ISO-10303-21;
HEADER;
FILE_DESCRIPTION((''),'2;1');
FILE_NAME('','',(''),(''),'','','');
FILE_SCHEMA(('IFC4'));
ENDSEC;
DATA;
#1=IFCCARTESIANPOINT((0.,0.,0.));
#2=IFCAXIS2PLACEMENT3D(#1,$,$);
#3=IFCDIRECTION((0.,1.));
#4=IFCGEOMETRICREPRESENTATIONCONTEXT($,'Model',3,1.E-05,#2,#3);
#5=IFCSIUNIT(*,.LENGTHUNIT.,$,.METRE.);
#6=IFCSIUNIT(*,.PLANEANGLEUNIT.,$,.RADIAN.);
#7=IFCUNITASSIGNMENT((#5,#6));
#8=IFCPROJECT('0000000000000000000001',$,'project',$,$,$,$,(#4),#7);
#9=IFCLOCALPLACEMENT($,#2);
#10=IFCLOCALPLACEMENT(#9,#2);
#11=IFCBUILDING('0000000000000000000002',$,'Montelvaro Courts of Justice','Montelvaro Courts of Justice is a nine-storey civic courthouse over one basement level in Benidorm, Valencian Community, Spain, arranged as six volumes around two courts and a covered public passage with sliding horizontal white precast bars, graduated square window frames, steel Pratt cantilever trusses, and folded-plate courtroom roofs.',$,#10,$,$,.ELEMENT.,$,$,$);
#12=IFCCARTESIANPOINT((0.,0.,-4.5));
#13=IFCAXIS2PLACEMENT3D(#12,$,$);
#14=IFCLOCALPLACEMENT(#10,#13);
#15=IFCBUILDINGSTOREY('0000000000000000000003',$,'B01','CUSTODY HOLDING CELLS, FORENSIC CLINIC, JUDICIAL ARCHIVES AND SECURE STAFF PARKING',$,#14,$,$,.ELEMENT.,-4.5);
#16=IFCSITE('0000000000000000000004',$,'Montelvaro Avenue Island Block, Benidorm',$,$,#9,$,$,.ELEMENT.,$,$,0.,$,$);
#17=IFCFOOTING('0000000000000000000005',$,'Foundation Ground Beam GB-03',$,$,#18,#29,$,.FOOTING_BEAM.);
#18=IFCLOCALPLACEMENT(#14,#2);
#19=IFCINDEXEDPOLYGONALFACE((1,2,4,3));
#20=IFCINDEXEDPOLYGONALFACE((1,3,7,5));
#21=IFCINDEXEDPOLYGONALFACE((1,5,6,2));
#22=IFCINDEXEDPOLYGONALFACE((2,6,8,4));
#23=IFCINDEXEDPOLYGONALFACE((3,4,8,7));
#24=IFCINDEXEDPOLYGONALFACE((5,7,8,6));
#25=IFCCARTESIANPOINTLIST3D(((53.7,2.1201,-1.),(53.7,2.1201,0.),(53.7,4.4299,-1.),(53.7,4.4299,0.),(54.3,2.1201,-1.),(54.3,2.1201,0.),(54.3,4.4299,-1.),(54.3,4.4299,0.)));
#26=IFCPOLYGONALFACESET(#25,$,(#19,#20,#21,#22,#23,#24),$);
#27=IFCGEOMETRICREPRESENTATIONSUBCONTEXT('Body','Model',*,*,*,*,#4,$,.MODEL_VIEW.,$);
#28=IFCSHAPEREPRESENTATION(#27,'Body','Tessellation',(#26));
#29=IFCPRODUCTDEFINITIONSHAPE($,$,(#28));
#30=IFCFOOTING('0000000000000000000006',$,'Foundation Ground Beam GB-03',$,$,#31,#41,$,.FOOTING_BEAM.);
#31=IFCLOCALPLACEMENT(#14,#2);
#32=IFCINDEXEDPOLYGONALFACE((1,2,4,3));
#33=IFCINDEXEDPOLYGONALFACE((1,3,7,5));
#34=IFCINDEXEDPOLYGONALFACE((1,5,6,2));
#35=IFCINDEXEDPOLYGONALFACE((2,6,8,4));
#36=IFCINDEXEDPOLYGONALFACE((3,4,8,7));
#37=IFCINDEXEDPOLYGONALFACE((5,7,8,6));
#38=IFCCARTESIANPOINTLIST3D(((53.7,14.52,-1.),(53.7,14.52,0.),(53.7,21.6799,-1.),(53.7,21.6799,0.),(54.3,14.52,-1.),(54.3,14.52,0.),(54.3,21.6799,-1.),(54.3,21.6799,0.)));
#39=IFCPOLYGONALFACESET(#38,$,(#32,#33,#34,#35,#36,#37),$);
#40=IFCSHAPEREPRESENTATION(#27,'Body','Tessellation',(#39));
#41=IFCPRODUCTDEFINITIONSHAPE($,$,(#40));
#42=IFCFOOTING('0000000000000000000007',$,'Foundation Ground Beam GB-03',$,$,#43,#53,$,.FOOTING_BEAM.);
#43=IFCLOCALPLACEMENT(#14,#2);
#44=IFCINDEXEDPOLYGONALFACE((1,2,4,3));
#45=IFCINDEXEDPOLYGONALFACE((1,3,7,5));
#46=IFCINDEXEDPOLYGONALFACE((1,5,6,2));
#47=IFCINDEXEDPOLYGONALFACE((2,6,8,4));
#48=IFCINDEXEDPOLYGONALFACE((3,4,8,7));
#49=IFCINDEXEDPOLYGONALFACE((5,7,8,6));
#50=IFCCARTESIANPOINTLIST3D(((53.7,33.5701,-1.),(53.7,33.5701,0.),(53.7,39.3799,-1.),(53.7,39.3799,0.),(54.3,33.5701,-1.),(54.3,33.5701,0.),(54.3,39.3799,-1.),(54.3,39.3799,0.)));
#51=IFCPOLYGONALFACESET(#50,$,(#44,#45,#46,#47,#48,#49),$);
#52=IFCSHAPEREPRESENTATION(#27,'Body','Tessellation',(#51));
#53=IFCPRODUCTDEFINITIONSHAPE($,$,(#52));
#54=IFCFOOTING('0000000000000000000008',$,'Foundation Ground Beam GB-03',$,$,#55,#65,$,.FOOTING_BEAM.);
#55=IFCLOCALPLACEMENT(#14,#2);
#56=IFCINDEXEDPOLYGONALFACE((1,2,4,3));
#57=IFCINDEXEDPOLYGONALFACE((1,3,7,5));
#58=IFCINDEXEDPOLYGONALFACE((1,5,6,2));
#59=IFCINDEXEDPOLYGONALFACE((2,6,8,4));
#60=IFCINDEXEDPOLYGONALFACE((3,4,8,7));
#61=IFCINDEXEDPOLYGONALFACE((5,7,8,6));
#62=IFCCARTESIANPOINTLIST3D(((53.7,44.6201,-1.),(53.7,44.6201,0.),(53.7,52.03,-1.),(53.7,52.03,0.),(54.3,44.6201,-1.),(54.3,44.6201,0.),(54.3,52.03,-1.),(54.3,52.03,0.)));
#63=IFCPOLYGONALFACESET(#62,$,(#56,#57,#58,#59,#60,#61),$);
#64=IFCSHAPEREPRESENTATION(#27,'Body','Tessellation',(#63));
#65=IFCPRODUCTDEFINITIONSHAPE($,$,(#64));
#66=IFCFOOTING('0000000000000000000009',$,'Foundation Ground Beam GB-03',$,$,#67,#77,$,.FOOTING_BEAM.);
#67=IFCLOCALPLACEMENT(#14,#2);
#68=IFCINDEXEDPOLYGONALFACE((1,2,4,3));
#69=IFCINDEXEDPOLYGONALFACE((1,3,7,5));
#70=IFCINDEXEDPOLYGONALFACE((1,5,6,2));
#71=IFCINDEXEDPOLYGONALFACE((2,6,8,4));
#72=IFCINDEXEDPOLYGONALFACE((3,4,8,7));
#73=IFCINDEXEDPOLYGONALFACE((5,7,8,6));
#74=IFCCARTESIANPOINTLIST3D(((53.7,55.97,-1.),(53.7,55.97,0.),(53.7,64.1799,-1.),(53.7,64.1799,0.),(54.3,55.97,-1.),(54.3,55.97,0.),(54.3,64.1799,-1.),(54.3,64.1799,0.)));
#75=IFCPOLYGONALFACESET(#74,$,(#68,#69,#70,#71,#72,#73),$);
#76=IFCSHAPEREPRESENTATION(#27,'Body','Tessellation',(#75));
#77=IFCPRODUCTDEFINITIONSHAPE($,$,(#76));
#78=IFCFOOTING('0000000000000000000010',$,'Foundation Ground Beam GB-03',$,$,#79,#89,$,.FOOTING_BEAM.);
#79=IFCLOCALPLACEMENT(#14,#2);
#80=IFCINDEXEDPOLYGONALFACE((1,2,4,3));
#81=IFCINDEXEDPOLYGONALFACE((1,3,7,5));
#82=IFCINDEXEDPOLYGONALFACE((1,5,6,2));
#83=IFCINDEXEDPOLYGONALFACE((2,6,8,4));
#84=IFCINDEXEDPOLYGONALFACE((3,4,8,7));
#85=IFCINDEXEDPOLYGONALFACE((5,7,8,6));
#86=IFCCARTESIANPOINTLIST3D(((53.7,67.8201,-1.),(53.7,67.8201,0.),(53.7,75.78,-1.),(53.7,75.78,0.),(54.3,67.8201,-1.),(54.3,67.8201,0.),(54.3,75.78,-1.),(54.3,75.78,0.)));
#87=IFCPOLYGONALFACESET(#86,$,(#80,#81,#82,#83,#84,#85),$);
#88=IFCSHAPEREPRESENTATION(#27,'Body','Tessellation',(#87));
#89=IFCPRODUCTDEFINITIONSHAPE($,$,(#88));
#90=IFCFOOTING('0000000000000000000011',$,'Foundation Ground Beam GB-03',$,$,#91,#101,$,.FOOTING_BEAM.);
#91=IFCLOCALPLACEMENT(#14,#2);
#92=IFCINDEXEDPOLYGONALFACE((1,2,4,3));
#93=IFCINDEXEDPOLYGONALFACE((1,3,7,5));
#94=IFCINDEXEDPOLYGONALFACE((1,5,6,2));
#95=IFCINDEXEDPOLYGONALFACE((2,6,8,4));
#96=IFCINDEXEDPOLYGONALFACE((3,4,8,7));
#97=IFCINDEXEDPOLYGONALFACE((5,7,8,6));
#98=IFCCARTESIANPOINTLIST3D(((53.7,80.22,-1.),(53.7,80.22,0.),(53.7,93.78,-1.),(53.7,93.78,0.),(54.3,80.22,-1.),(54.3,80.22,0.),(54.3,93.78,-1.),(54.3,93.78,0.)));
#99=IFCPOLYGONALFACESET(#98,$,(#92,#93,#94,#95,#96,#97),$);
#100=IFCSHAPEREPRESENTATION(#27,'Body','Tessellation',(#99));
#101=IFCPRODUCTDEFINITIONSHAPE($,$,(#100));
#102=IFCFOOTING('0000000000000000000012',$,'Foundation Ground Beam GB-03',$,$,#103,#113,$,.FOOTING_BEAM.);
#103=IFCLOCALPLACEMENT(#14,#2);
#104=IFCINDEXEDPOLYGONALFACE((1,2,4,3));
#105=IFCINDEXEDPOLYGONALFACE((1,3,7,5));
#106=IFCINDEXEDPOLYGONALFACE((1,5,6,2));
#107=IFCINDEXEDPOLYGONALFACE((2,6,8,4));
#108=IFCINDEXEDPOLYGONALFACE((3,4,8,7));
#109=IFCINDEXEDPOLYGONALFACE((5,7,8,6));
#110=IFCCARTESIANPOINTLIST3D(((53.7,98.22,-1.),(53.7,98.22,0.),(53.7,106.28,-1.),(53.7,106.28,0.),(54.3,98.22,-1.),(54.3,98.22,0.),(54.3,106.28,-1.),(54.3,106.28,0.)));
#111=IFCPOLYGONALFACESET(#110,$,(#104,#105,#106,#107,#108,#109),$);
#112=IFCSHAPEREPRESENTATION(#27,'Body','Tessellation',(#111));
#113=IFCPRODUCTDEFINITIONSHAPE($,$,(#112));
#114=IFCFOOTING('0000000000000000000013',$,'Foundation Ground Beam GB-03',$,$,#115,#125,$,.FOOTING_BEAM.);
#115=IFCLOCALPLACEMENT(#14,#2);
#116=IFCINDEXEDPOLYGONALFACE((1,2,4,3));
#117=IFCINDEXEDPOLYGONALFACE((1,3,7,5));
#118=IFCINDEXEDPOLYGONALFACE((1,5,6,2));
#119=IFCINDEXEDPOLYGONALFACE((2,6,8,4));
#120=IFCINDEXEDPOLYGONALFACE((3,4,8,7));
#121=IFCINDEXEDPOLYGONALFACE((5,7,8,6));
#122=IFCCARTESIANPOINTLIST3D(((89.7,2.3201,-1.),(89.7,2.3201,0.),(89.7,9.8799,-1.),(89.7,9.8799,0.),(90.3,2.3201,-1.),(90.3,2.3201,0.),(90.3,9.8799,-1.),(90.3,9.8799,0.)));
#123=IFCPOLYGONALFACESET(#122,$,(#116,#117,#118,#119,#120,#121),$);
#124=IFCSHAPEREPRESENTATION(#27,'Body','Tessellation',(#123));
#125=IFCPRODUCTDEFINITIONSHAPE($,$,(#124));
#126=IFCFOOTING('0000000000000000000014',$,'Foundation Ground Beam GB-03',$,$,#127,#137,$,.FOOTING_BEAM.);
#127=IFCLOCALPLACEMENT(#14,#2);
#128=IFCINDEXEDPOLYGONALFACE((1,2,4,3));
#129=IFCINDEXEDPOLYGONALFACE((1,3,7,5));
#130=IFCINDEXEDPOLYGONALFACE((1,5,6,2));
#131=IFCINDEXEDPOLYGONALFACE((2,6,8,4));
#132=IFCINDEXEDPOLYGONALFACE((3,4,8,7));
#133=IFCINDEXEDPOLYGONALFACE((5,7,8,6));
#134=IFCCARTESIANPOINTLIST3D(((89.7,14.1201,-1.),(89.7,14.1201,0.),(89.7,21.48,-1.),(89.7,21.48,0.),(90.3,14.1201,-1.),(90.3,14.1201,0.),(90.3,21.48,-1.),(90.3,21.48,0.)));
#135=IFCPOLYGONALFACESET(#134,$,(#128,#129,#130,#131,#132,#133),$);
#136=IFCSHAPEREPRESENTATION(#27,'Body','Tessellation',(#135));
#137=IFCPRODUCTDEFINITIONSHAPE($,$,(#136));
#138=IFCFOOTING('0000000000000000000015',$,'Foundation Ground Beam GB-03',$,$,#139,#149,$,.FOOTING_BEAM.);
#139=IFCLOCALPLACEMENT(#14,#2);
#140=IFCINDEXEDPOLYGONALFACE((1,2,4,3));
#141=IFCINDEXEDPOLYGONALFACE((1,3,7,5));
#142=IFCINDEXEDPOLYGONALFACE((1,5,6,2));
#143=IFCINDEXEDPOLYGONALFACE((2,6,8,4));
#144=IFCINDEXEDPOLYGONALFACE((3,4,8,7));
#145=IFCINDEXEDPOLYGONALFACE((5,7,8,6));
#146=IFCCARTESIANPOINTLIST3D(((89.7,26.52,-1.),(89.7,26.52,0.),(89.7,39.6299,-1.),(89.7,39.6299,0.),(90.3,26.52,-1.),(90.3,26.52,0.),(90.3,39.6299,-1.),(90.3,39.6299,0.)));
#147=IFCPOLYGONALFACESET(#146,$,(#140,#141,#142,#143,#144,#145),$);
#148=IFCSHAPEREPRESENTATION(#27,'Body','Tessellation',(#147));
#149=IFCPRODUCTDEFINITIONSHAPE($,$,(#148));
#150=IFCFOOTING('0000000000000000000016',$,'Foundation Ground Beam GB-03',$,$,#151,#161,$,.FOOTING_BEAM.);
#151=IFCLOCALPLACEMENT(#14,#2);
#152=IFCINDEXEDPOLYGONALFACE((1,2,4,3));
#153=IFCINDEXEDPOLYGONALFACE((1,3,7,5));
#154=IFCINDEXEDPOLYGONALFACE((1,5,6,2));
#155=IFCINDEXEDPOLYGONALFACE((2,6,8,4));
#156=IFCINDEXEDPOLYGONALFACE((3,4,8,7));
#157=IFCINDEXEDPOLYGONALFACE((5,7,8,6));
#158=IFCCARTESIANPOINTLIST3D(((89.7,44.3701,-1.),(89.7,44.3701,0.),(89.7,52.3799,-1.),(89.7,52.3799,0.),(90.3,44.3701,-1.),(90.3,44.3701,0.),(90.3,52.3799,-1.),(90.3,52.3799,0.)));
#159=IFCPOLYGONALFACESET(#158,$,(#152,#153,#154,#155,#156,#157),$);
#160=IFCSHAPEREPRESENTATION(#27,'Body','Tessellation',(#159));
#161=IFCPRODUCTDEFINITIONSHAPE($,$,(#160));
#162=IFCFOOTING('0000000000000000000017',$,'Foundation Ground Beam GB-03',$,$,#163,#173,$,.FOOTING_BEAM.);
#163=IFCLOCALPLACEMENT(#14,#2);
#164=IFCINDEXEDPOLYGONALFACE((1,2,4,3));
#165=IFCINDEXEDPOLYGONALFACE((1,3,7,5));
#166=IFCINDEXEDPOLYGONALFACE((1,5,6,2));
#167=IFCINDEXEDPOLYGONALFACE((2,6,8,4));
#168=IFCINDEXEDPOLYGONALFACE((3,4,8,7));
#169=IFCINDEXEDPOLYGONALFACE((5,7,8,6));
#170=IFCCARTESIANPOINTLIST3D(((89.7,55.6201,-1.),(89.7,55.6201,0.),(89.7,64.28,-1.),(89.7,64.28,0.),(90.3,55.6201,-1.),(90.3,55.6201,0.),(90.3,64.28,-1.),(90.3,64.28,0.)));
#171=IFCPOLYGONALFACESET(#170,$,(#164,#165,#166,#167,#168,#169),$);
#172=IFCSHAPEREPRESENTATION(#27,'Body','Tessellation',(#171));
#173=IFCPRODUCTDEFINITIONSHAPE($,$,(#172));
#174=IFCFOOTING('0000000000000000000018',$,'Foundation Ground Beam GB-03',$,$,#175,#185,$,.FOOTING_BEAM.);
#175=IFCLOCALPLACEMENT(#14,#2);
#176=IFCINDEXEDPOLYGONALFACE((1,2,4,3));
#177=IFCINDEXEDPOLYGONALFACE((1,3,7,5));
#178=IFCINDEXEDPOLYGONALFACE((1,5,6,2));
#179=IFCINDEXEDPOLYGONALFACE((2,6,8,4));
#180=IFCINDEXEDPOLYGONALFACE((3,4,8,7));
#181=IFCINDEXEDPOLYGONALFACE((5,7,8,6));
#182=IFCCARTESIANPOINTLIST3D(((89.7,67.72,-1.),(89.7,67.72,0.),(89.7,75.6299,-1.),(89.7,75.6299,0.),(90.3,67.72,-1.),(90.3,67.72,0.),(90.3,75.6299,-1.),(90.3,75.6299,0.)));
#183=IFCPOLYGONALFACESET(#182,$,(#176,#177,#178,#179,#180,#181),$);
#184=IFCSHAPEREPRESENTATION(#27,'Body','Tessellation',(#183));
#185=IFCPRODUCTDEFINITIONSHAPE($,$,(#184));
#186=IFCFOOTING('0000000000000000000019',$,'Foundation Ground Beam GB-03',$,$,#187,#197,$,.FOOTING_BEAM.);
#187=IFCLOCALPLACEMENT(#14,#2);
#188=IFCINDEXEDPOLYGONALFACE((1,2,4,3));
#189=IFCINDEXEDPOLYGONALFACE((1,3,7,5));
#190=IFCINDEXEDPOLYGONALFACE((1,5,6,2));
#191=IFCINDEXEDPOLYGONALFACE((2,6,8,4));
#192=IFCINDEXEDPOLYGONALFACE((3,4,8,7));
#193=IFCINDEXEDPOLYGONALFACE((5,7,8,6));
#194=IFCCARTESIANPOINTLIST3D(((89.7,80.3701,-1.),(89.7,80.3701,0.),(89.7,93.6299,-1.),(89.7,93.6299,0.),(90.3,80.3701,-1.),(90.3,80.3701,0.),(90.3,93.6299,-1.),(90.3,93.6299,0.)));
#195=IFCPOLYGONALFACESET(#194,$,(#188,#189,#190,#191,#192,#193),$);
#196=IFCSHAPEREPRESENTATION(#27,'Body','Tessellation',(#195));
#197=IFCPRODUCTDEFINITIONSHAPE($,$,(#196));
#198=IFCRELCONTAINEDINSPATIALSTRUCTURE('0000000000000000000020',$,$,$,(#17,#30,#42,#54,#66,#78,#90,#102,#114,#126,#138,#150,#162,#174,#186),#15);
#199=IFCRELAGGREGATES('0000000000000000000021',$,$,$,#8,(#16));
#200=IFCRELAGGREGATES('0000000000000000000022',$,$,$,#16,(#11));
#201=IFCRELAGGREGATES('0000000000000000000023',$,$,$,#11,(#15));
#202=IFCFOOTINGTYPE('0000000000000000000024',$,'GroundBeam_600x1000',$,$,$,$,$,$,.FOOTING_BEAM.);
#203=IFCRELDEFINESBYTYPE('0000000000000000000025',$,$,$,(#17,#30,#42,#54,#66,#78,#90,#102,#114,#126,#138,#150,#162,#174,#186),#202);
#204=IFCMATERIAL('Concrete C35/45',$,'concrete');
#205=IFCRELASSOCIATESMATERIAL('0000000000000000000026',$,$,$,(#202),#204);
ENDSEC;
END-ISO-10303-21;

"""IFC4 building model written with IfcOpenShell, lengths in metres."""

from ifc_helpers import new_model, si_unit, direction, frame, origin, place, context, subcontext, project, spatial, polyline, outline, extrude, material, type_object, element, save


model = new_model("IFC4")

# Units and contexts
model_context = context("Model", 3, precision=1e-05, world=origin(), true_north=direction((0.0, 1.0)))
body_context = subcontext(model_context, "Body", "Model", "MODEL_VIEW")
ifc_project = project(units=[si_unit("LENGTHUNIT", "METRE"), si_unit("PLANEANGLEUNIT", "RADIAN")], contexts=[model_context])

# Site, building, storey
site_placement = place(None, origin())
site = spatial("IfcSite", under=ifc_project, at=site_placement, Name="Montelvaro Avenue Island Block, Benidorm", CompositionType="ELEMENT", RefElevation=0.0)
building_placement = place(site_placement, origin())
building = spatial("IfcBuilding", under=site, at=building_placement, Name="Montelvaro Courts of Justice", Description="Montelvaro Courts of Justice is a nine-storey civic courthouse over one basement level in Benidorm, Valencian Community, Spain, arranged as six volumes around two courts and a covered public passage with sliding horizontal white precast bars, graduated square window frames, steel Pratt cantilever trusses, and folded-plate courtroom roofs.", CompositionType="ELEMENT")
storey_placement = place(building_placement, frame((0.0, 0.0, -4.5)))
storey = spatial("IfcBuildingStorey", under=building, at=storey_placement, Name="B01", Description="CUSTODY HOLDING CELLS, FORENSIC CLINIC, JUDICIAL ARCHIVES AND SECURE STAFF PARKING", CompositionType="ELEMENT", Elevation=-4.5)

# Footings
ifc_material = material(Name="Concrete C35/45", Category="concrete")
footing_type_1 = type_object("IfcFootingType", Name="GroundBeam_600x1000", PredefinedType="FOOTING_BEAM", material=ifc_material)
footing_1_placement = place(storey_placement, frame((0.0, 0.0, -1.0)))
element("IfcFooting", 1, at=footing_1_placement, inside=storey, type_object=footing_type_1, Name="Foundation Ground Beam GB-03", PredefinedType="FOOTING_BEAM", context=body_context, shape_type="SweptSolid", body=[
    extrude(outline(polyline([(53.7, 2.1201), (54.3, 2.1201), (54.3, 4.4299), (53.7, 4.4299), (53.7, 2.1201)])), origin(), (0.0, 0.0, 1.0), 1.0),
])
footing_2_placement = place(storey_placement, frame((0.0, 0.0, -1.0)))
element("IfcFooting", 2, at=footing_2_placement, inside=storey, type_object=footing_type_1, Name="Foundation Ground Beam GB-03", PredefinedType="FOOTING_BEAM", context=body_context, shape_type="SweptSolid", body=[
    extrude(outline(polyline([(53.7, 14.52), (54.3, 14.52), (54.3, 21.6799), (53.7, 21.6799), (53.7, 14.52)])), origin(), (0.0, 0.0, 1.0), 1.0),
])
footing_3_placement = place(storey_placement, frame((0.0, 0.0, -1.0)))
element("IfcFooting", 3, at=footing_3_placement, inside=storey, type_object=footing_type_1, Name="Foundation Ground Beam GB-03", PredefinedType="FOOTING_BEAM", context=body_context, shape_type="SweptSolid", body=[
    extrude(outline(polyline([(53.7, 33.5701), (54.3, 33.5701), (54.3, 39.3799), (53.7, 39.3799), (53.7, 33.5701)])), origin(), (0.0, 0.0, 1.0), 1.0),
])
footing_4_placement = place(storey_placement, frame((0.0, 0.0, -1.0)))
element("IfcFooting", 4, at=footing_4_placement, inside=storey, type_object=footing_type_1, Name="Foundation Ground Beam GB-03", PredefinedType="FOOTING_BEAM", context=body_context, shape_type="SweptSolid", body=[
    extrude(outline(polyline([(53.7, 44.6201), (54.3, 44.6201), (54.3, 52.03), (53.7, 52.03), (53.7, 44.6201)])), origin(), (0.0, 0.0, 1.0), 1.0),
])
footing_5_placement = place(storey_placement, frame((0.0, 0.0, -1.0)))
element("IfcFooting", 5, at=footing_5_placement, inside=storey, type_object=footing_type_1, Name="Foundation Ground Beam GB-03", PredefinedType="FOOTING_BEAM", context=body_context, shape_type="SweptSolid", body=[
    extrude(outline(polyline([(53.7, 55.97), (54.3, 55.97), (54.3, 64.1799), (53.7, 64.1799), (53.7, 55.97)])), origin(), (0.0, 0.0, 1.0), 1.0),
])
footing_6_placement = place(storey_placement, frame((0.0, 0.0, -1.0)))
element("IfcFooting", 6, at=footing_6_placement, inside=storey, type_object=footing_type_1, Name="Foundation Ground Beam GB-03", PredefinedType="FOOTING_BEAM", context=body_context, shape_type="SweptSolid", body=[
    extrude(outline(polyline([(53.7, 67.8201), (54.3, 67.8201), (54.3, 75.78), (53.7, 75.78), (53.7, 67.8201)])), origin(), (0.0, 0.0, 1.0), 1.0),
])
footing_7_placement = place(storey_placement, frame((0.0, 0.0, -1.0)))
element("IfcFooting", 7, at=footing_7_placement, inside=storey, type_object=footing_type_1, Name="Foundation Ground Beam GB-03", PredefinedType="FOOTING_BEAM", context=body_context, shape_type="SweptSolid", body=[
    extrude(outline(polyline([(53.7, 80.22), (54.3, 80.22), (54.3, 93.78), (53.7, 93.78), (53.7, 80.22)])), origin(), (0.0, 0.0, 1.0), 1.0),
])
footing_8_placement = place(storey_placement, frame((0.0, 0.0, -1.0)))
element("IfcFooting", 8, at=footing_8_placement, inside=storey, type_object=footing_type_1, Name="Foundation Ground Beam GB-03", PredefinedType="FOOTING_BEAM", context=body_context, shape_type="SweptSolid", body=[
    extrude(outline(polyline([(53.7, 98.22), (54.3, 98.22), (54.3, 106.28), (53.7, 106.28), (53.7, 98.22)])), origin(), (0.0, 0.0, 1.0), 1.0),
])
footing_9_placement = place(storey_placement, frame((0.0, 0.0, -1.0)))
element("IfcFooting", 9, at=footing_9_placement, inside=storey, type_object=footing_type_1, Name="Foundation Ground Beam GB-03", PredefinedType="FOOTING_BEAM", context=body_context, shape_type="SweptSolid", body=[
    extrude(outline(polyline([(89.7, 2.3201), (90.3, 2.3201), (90.3, 9.8799), (89.7, 9.8799), (89.7, 2.3201)])), origin(), (0.0, 0.0, 1.0), 1.0),
])
footing_10_placement = place(storey_placement, frame((0.0, 0.0, -1.0)))
element("IfcFooting", 10, at=footing_10_placement, inside=storey, type_object=footing_type_1, Name="Foundation Ground Beam GB-03", PredefinedType="FOOTING_BEAM", context=body_context, shape_type="SweptSolid", body=[
    extrude(outline(polyline([(89.7, 14.1201), (90.3, 14.1201), (90.3, 21.48), (89.7, 21.48), (89.7, 14.1201)])), origin(), (0.0, 0.0, 1.0), 1.0),
])
footing_11_placement = place(storey_placement, frame((0.0, 0.0, -1.0)))
element("IfcFooting", 11, at=footing_11_placement, inside=storey, type_object=footing_type_1, Name="Foundation Ground Beam GB-03", PredefinedType="FOOTING_BEAM", context=body_context, shape_type="SweptSolid", body=[
    extrude(outline(polyline([(89.7, 26.52), (90.3, 26.52), (90.3, 39.6299), (89.7, 39.6299), (89.7, 26.52)])), origin(), (0.0, 0.0, 1.0), 1.0),
])
footing_12_placement = place(storey_placement, frame((0.0, 0.0, -1.0)))
element("IfcFooting", 12, at=footing_12_placement, inside=storey, type_object=footing_type_1, Name="Foundation Ground Beam GB-03", PredefinedType="FOOTING_BEAM", context=body_context, shape_type="SweptSolid", body=[
    extrude(outline(polyline([(89.7, 44.3701), (90.3, 44.3701), (90.3, 52.3799), (89.7, 52.3799), (89.7, 44.3701)])), origin(), (0.0, 0.0, 1.0), 1.0),
])
footing_13_placement = place(storey_placement, frame((0.0, 0.0, -1.0)))
element("IfcFooting", 13, at=footing_13_placement, inside=storey, type_object=footing_type_1, Name="Foundation Ground Beam GB-03", PredefinedType="FOOTING_BEAM", context=body_context, shape_type="SweptSolid", body=[
    extrude(outline(polyline([(89.7, 55.6201), (90.3, 55.6201), (90.3, 64.28), (89.7, 64.28), (89.7, 55.6201)])), origin(), (0.0, 0.0, 1.0), 1.0),
])
footing_14_placement = place(storey_placement, frame((0.0, 0.0, -1.0)))
element("IfcFooting", 14, at=footing_14_placement, inside=storey, type_object=footing_type_1, Name="Foundation Ground Beam GB-03", PredefinedType="FOOTING_BEAM", context=body_context, shape_type="SweptSolid", body=[
    extrude(outline(polyline([(89.7, 67.72), (90.3, 67.72), (90.3, 75.6299), (89.7, 75.6299), (89.7, 67.72)])), origin(), (0.0, 0.0, 1.0), 1.0),
])
footing_15_placement = place(storey_placement, frame((0.0, 0.0, -1.0)))
element("IfcFooting", 15, at=footing_15_placement, inside=storey, type_object=footing_type_1, Name="Foundation Ground Beam GB-03", PredefinedType="FOOTING_BEAM", context=body_context, shape_type="SweptSolid", body=[
    extrude(outline(polyline([(89.7, 80.3701), (90.3, 80.3701), (90.3, 93.6299), (89.7, 93.6299), (89.7, 80.3701)])), origin(), (0.0, 0.0, 1.0), 1.0),
])

save(model, "model.ifc")
